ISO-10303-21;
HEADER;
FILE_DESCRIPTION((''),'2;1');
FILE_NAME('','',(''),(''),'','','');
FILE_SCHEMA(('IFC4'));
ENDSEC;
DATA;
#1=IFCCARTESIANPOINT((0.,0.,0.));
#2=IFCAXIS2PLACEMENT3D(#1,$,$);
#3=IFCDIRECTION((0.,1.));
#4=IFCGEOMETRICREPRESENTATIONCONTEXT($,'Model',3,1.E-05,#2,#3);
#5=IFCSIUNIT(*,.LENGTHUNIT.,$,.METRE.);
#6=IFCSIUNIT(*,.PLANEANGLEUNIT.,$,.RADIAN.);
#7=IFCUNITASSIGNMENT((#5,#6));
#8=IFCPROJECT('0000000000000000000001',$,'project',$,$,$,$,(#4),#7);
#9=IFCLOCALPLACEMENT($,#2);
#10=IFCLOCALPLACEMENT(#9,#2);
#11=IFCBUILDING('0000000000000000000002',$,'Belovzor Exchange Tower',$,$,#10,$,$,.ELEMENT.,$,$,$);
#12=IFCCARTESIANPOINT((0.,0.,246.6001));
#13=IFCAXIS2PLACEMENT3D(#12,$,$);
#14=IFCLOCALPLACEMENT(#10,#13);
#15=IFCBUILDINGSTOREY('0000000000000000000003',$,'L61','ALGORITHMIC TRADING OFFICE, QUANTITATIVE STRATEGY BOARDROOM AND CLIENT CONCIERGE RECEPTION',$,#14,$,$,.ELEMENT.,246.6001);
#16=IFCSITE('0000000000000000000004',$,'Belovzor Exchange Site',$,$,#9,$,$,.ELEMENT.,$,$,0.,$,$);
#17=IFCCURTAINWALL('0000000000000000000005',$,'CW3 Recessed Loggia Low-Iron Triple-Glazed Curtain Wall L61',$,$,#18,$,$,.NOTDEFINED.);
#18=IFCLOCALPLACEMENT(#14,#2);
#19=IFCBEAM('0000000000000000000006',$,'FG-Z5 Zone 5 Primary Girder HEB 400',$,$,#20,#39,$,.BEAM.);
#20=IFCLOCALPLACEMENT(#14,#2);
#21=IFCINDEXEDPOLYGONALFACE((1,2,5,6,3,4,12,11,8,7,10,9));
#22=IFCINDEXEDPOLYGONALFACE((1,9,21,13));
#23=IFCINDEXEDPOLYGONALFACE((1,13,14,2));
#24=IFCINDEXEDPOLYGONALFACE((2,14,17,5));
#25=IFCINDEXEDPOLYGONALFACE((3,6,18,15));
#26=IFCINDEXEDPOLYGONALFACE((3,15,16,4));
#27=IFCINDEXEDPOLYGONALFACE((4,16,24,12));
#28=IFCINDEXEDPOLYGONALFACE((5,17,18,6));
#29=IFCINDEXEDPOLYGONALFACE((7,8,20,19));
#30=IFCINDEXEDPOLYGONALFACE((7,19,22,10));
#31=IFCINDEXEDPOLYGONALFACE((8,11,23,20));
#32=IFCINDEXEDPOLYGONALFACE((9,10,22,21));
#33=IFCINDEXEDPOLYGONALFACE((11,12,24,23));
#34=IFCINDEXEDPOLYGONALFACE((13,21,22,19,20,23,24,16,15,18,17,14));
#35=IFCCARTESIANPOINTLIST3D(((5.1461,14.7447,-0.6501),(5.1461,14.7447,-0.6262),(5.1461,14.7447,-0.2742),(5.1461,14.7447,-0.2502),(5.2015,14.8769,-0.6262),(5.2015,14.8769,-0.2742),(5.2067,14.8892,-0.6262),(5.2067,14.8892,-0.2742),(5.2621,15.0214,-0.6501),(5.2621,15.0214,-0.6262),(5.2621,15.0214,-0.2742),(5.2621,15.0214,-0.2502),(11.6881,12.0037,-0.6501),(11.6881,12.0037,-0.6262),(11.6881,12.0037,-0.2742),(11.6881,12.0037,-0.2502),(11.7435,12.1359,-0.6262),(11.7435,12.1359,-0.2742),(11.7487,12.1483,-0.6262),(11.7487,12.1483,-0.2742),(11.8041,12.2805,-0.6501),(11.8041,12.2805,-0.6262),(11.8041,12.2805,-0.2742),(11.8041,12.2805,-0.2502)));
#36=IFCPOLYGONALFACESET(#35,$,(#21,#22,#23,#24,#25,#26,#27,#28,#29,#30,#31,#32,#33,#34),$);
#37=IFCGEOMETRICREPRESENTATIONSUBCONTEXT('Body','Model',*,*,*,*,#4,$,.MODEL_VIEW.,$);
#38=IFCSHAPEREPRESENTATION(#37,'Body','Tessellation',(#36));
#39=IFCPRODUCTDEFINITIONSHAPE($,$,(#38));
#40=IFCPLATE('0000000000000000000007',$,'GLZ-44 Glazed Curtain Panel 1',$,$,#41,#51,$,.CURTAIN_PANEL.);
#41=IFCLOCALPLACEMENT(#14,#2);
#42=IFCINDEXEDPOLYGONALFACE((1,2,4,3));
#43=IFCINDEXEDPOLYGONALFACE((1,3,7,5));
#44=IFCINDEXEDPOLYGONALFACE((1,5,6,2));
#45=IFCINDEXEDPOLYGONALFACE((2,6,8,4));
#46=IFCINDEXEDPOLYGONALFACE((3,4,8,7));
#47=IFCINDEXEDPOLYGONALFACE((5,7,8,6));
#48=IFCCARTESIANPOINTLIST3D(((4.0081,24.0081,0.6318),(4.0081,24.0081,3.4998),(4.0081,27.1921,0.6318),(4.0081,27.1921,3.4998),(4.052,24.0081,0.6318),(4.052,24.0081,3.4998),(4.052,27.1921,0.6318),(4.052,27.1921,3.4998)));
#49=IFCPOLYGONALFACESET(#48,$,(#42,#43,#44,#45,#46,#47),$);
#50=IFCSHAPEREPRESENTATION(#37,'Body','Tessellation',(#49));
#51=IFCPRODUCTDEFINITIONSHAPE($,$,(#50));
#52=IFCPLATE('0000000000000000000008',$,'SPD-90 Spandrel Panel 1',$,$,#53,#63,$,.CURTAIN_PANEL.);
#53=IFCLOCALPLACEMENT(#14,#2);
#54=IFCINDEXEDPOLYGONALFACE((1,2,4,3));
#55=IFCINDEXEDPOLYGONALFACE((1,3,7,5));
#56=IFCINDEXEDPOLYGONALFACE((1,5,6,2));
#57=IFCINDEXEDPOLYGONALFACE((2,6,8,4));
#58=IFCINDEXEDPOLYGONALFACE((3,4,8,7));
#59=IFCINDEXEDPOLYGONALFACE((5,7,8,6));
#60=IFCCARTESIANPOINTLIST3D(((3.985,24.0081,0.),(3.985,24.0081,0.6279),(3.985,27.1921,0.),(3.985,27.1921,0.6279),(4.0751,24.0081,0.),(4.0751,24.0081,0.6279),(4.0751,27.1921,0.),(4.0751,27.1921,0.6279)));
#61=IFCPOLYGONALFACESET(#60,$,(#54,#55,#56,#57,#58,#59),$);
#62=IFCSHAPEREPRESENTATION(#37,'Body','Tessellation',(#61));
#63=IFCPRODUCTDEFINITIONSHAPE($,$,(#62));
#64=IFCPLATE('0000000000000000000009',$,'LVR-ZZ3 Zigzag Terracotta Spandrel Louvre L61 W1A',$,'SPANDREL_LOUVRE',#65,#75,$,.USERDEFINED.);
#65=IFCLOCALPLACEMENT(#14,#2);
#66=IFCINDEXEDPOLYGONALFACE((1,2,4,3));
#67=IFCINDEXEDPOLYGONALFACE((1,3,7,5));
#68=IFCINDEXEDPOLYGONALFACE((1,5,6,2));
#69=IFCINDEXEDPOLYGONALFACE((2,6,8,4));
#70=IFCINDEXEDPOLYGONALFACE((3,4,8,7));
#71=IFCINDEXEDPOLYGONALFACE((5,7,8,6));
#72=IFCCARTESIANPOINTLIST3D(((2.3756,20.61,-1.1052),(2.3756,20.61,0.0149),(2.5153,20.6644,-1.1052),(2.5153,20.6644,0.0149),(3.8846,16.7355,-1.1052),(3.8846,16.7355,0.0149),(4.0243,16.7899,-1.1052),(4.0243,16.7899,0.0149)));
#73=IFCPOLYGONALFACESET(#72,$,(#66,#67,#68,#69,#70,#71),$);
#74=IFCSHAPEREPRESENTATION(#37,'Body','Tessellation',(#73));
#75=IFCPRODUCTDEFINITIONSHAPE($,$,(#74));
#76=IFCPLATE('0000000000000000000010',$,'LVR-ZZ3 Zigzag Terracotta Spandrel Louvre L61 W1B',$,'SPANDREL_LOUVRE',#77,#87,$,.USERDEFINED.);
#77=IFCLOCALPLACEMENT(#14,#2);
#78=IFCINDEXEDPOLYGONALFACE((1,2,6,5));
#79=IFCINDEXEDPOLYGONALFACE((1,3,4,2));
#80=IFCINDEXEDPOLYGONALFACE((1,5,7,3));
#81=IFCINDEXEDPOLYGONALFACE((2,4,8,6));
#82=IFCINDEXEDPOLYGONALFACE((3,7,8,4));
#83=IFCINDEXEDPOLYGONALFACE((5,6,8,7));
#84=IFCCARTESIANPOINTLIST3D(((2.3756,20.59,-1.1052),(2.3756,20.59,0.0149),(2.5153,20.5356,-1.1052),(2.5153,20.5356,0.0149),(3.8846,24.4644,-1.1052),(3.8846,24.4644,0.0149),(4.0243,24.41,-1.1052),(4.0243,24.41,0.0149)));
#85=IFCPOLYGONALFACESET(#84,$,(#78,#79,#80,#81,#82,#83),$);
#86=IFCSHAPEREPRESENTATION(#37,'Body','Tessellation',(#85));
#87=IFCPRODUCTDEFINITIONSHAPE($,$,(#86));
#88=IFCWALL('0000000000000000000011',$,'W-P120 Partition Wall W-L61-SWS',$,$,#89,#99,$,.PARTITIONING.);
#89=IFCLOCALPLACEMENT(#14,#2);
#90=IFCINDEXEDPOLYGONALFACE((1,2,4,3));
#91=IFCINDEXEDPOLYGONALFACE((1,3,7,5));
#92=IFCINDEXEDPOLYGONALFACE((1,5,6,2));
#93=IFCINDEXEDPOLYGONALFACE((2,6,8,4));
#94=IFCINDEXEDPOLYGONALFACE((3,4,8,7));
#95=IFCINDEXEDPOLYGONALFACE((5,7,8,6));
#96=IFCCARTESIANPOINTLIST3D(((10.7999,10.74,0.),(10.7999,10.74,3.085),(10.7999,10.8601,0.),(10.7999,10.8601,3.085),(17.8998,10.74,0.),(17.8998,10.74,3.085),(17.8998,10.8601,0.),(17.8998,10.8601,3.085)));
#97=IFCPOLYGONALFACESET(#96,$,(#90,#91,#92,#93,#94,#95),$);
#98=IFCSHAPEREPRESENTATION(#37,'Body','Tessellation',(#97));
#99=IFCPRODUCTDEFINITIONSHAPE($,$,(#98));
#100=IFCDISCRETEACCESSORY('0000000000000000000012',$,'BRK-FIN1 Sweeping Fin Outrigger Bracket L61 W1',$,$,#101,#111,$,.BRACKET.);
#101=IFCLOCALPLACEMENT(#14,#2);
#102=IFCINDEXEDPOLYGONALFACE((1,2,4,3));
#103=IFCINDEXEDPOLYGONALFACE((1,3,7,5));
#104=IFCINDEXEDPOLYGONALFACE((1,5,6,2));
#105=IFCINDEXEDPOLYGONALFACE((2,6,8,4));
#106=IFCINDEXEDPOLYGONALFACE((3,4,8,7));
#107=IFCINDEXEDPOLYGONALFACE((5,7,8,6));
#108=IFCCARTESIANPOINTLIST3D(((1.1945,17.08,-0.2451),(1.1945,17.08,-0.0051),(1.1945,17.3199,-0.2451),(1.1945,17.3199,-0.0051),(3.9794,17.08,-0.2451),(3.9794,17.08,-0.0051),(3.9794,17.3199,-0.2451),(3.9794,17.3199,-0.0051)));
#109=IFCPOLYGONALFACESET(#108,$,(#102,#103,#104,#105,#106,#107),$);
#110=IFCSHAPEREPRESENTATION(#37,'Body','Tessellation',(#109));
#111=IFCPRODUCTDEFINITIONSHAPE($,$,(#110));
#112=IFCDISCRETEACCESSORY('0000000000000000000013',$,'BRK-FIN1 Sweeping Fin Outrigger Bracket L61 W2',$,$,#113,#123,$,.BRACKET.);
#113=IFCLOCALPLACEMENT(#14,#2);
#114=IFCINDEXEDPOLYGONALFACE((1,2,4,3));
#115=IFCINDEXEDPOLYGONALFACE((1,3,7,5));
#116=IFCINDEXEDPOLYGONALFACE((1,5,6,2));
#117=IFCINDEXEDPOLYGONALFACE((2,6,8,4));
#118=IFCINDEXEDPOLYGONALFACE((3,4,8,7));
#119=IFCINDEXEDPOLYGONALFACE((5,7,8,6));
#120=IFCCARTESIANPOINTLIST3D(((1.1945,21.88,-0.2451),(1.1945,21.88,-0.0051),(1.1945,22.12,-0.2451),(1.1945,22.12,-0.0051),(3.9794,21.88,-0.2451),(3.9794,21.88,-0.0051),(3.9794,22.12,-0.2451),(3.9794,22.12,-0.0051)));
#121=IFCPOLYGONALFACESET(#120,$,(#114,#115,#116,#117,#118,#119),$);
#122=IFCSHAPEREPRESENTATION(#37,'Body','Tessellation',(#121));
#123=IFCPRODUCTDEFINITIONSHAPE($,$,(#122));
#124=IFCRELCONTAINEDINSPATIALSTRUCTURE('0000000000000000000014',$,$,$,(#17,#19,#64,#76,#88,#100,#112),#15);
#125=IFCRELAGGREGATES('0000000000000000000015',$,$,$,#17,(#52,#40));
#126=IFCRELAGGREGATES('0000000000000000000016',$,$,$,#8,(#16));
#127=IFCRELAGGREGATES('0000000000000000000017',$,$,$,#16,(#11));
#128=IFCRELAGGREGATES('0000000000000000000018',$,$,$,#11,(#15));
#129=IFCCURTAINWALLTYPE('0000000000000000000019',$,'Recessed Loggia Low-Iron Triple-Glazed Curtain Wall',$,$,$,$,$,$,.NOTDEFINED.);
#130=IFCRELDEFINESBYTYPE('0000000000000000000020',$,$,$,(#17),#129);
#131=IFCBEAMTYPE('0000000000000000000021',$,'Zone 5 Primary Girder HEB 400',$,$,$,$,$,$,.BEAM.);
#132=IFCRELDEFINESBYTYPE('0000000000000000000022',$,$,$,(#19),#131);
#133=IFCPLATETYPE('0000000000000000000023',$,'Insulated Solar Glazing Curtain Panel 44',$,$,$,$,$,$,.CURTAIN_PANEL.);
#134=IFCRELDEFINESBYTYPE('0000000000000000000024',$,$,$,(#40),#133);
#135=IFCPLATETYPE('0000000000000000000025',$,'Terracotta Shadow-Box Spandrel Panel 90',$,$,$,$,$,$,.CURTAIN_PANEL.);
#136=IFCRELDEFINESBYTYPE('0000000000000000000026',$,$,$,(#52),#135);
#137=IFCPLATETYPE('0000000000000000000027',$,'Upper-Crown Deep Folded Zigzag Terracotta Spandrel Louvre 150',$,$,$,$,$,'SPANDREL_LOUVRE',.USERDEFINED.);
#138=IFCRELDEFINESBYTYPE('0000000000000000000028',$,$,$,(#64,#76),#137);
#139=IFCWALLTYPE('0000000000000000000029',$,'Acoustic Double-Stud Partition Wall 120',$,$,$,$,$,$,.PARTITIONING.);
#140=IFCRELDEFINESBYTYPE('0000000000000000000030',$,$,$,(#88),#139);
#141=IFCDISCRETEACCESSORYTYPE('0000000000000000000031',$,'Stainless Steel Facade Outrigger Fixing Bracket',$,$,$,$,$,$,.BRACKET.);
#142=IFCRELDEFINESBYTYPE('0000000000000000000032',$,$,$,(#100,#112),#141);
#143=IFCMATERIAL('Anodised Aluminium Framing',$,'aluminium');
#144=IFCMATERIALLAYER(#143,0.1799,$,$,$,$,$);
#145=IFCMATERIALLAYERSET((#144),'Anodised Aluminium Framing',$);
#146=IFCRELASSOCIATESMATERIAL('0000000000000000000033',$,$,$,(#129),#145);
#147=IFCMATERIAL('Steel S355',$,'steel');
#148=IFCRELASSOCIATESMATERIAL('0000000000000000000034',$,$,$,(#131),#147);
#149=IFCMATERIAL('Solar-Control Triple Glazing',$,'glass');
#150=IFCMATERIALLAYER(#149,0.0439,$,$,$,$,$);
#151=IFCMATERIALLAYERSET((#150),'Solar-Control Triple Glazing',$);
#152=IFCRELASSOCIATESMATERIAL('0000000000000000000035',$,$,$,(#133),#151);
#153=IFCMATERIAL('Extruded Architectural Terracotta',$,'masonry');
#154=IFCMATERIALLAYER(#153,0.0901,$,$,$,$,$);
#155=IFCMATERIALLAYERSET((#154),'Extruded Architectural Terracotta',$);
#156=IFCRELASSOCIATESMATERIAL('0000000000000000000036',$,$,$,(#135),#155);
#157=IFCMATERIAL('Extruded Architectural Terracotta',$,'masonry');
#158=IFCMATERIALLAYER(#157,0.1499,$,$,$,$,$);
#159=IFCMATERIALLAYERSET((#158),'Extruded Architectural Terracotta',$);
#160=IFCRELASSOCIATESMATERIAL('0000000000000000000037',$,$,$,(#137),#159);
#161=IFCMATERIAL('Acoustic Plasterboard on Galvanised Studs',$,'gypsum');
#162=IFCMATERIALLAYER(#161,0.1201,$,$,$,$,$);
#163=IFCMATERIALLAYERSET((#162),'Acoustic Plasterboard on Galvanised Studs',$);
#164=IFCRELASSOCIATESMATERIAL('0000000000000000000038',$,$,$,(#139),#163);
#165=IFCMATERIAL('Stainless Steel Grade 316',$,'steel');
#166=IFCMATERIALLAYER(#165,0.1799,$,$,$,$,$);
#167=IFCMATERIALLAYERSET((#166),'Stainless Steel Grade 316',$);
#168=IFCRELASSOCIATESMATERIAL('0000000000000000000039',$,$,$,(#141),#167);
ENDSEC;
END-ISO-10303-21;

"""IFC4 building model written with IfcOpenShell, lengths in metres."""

from ifc_helpers import new_model, si_unit, direction, frame, frame_2d, origin, origin_2d, place, context, subcontext, project, spatial, rectangle, i_section, extrude, material, layer, layer_set, material_profile, profile_set, type_object, element, aggregate, save


model = new_model("IFC4")

# Units and contexts
model_context = context("Model", 3, precision=1e-05, world=origin(), true_north=direction((0.0, 1.0)))
body_context = subcontext(model_context, "Body", "Model", "MODEL_VIEW")
ifc_project = project(units=[si_unit("LENGTHUNIT", "METRE"), si_unit("PLANEANGLEUNIT", "RADIAN")], contexts=[model_context])

# Site, building, storey
site_placement = place(None, origin())
site = spatial("IfcSite", under=ifc_project, at=site_placement, Name="Belovzor Exchange Site", CompositionType="ELEMENT", RefElevation=0.0)
building_placement = place(site_placement, origin())
building = spatial("IfcBuilding", under=site, at=building_placement, Name="Belovzor Exchange Tower", CompositionType="ELEMENT")
storey_placement = place(building_placement, frame((0.0, 0.0, 246.6001)))
storey = spatial("IfcBuildingStorey", under=building, at=storey_placement, Name="L61", Description="ALGORITHMIC TRADING OFFICE, QUANTITATIVE STRATEGY BOARDROOM AND CLIENT CONCIERGE RECEPTION", CompositionType="ELEMENT", Elevation=246.6001)

# Curtain wall
ifc_material_1 = material(Name="Anodised Aluminium Framing", Category="aluminium")
ifc_layer_1 = layer(ifc_material_1, 0.1799)
ifc_layer_set_1 = layer_set([ifc_layer_1], Name="Anodised Aluminium Framing")
curtain_wall_type = type_object("IfcCurtainWallType", Name="Recessed Loggia Low-Iron Triple-Glazed Curtain Wall", PredefinedType="NOTDEFINED", material=ifc_layer_set_1)
curtain_wall_placement = place(storey_placement, origin())
curtain_wall = element("IfcCurtainWall", 1, at=curtain_wall_placement, inside=storey, type_object=curtain_wall_type, Name="CW3 Recessed Loggia Low-Iron Triple-Glazed Curtain Wall L61", PredefinedType="NOTDEFINED")

# Beam
ifc_material_2 = material(Name="Steel S355", Category="steel")
ifc_material_profile_1 = material_profile(ifc_material_2, i_section(OverallWidth=0.3, OverallDepth=0.3999, WebThickness=0.0134, FlangeThickness=0.0239, at=origin_2d()))
ifc_profile_set_1 = profile_set([ifc_material_profile_1], Name="Steel S355")
beam_type_1 = type_object("IfcBeamType", Name="Zone 5 Primary Girder HEB 400", PredefinedType="BEAM", material=ifc_profile_set_1)
for number, where, z_axis, x_axis, name in (
    (2, (5.2041, 14.8831, -0.4502), (0.922317, -0.386433, 0.0), (0.386433, 0.922317, 0.0), "FG-Z5 Zone 5 Primary Girder HEB 400"),
):
    element("IfcBeam", number, at=place(storey_placement, frame(where, z_axis=z_axis, x_axis=x_axis)), inside=storey, type_object=beam_type_1, Name=name, PredefinedType="BEAM", context=body_context, shape_type="SweptSolid", body=[
        extrude(i_section(OverallWidth=0.3, OverallDepth=0.3999, WebThickness=0.0134, FlangeThickness=0.0239, at=origin_2d()), origin(), (0.0, 0.0, 1.0), 7.093),
    ])

# Plates
ifc_material_3 = material(Name="Solar-Control Triple Glazing", Category="glass")
ifc_layer_2 = layer(ifc_material_3, 0.0439)
ifc_layer_set_2 = layer_set([ifc_layer_2], Name="Solar-Control Triple Glazing")
plate_type_1 = type_object("IfcPlateType", Name="Insulated Solar Glazing Curtain Panel 44", PredefinedType="CURTAIN_PANEL", material=ifc_layer_set_2)
plate_1_placement = place(storey_placement, frame((4.03, 25.6001, 0.6318), z_axis=(0.0, 0.0, 1.0), x_axis=(0.0, 1.0, 0.0)))
plate_1 = element("IfcPlate", 3, at=plate_1_placement, type_object=plate_type_1, Name="GLZ-44 Glazed Curtain Panel 1", PredefinedType="CURTAIN_PANEL", context=body_context, shape_type="SweptSolid", body=[
    extrude(rectangle(XDim=3.1841, YDim=0.0439, at=origin_2d()), origin(), (0.0, 0.0, 1.0), 2.8679),
])
ifc_material_4 = material(Name="Extruded Architectural Terracotta", Category="masonry")
ifc_layer_3 = layer(ifc_material_4, 0.0901)
ifc_layer_set_3 = layer_set([ifc_layer_3], Name="Extruded Architectural Terracotta")
plate_type_2 = type_object("IfcPlateType", Name="Terracotta Shadow-Box Spandrel Panel 90", PredefinedType="CURTAIN_PANEL", material=ifc_layer_set_3)
plate_2_placement = place(storey_placement, frame((4.03, 25.6001, 0.0), z_axis=(0.0, 0.0, 1.0), x_axis=(0.0, 1.0, 0.0)))
plate_2 = element("IfcPlate", 4, at=plate_2_placement, type_object=plate_type_2, Name="SPD-90 Spandrel Panel 1", PredefinedType="CURTAIN_PANEL", context=body_context, shape_type="SweptSolid", body=[
    extrude(rectangle(XDim=3.1841, YDim=0.0901, at=origin_2d()), origin(), (0.0, 0.0, 1.0), 0.6279),
])
aggregate(curtain_wall, [plate_2, plate_1])

# Plates
ifc_material_5 = material(Name="Extruded Architectural Terracotta", Category="masonry")
ifc_layer_4 = layer(ifc_material_5, 0.1499)
ifc_layer_set_4 = layer_set([ifc_layer_4], Name="Extruded Architectural Terracotta")
plate_type_3 = type_object("IfcPlateType", Name="Upper-Crown Deep Folded Zigzag Terracotta Spandrel Louvre 150", ElementType="SPANDREL_LOUVRE", PredefinedType="USERDEFINED", material=ifc_layer_set_4)
for number, where, z_axis, x_axis, name in (
    (5, (3.2, 18.7, -1.1052), (0.0, 0.0, 1.0), (-0.362926, 0.931818, 0.0), "LVR-ZZ3 Zigzag Terracotta Spandrel Louvre L61 W1A"),
    (6, (3.2, 22.5, -1.1052), (0.0, 0.0, 1.0), (0.362926, 0.931818, 0.0), "LVR-ZZ3 Zigzag Terracotta Spandrel Louvre L61 W1B"),
):
    element("IfcPlate", number, at=place(storey_placement, frame(where, z_axis=z_axis, x_axis=x_axis)), inside=storey, type_object=plate_type_3, Name=name, ObjectType="SPANDREL_LOUVRE", PredefinedType="USERDEFINED", context=body_context, shape_type="SweptSolid", body=[
        extrude(rectangle(XDim=4.158, YDim=0.1499, at=origin_2d()), origin(), (0.0, 0.0, 1.0), 1.1201),
    ])

# Wall
ifc_material_6 = material(Name="Acoustic Plasterboard on Galvanised Studs", Category="gypsum")
ifc_layer_5 = layer(ifc_material_6, 0.1201)
ifc_layer_set_5 = layer_set([ifc_layer_5], Name="Acoustic Plasterboard on Galvanised Studs")
wall_type = type_object("IfcWallType", Name="Acoustic Double-Stud Partition Wall 120", PredefinedType="PARTITIONING", material=ifc_layer_set_5)
wall_placement = place(storey_placement, frame((10.8, 10.8, 0.0), z_axis=(0.0, 0.0, 1.0), x_axis=(1.0, 0.0, 0.0)))
element("IfcWall", 7, at=wall_placement, inside=storey, type_object=wall_type, Name="W-P120 Partition Wall W-L61-SWS", PredefinedType="PARTITIONING", context=body_context, shape_type="SweptSolid", body=[
    extrude(rectangle(XDim=7.0999, YDim=0.1201, at=frame_2d((3.5498, 0.0))), origin(), (0.0, 0.0, 1.0), 3.085),
])

# Discrete accessories
ifc_material_7 = material(Name="Stainless Steel Grade 316", Category="steel")
ifc_layer_6 = layer(ifc_material_7, 0.1799)
ifc_layer_set_6 = layer_set([ifc_layer_6], Name="Stainless Steel Grade 316")
discrete_accessory_type = type_object("IfcDiscreteAccessoryType", Name="Stainless Steel Facade Outrigger Fixing Bracket", PredefinedType="BRACKET", material=ifc_layer_set_6)
for number, where, z_axis, x_axis, name in (
    (8, (2.5869, 17.2, -0.2451), (0.0, 0.0, 1.0), (1.0, 0.0, 0.0), "BRK-FIN1 Sweeping Fin Outrigger Bracket L61 W1"),
    (9, (2.5869, 22.0, -0.2451), (0.0, 0.0, 1.0), (1.0, 0.0, 0.0), "BRK-FIN1 Sweeping Fin Outrigger Bracket L61 W2"),
):
    element("IfcDiscreteAccessory", number, at=place(storey_placement, frame(where, z_axis=z_axis, x_axis=x_axis)), inside=storey, type_object=discrete_accessory_type, Name=name, PredefinedType="BRACKET", context=body_context, shape_type="SweptSolid", body=[
        extrude(rectangle(XDim=2.7849, YDim=0.24, at=origin_2d()), origin(), (0.0, 0.0, 1.0), 0.24),
    ])

save(model, "model.ifc")
